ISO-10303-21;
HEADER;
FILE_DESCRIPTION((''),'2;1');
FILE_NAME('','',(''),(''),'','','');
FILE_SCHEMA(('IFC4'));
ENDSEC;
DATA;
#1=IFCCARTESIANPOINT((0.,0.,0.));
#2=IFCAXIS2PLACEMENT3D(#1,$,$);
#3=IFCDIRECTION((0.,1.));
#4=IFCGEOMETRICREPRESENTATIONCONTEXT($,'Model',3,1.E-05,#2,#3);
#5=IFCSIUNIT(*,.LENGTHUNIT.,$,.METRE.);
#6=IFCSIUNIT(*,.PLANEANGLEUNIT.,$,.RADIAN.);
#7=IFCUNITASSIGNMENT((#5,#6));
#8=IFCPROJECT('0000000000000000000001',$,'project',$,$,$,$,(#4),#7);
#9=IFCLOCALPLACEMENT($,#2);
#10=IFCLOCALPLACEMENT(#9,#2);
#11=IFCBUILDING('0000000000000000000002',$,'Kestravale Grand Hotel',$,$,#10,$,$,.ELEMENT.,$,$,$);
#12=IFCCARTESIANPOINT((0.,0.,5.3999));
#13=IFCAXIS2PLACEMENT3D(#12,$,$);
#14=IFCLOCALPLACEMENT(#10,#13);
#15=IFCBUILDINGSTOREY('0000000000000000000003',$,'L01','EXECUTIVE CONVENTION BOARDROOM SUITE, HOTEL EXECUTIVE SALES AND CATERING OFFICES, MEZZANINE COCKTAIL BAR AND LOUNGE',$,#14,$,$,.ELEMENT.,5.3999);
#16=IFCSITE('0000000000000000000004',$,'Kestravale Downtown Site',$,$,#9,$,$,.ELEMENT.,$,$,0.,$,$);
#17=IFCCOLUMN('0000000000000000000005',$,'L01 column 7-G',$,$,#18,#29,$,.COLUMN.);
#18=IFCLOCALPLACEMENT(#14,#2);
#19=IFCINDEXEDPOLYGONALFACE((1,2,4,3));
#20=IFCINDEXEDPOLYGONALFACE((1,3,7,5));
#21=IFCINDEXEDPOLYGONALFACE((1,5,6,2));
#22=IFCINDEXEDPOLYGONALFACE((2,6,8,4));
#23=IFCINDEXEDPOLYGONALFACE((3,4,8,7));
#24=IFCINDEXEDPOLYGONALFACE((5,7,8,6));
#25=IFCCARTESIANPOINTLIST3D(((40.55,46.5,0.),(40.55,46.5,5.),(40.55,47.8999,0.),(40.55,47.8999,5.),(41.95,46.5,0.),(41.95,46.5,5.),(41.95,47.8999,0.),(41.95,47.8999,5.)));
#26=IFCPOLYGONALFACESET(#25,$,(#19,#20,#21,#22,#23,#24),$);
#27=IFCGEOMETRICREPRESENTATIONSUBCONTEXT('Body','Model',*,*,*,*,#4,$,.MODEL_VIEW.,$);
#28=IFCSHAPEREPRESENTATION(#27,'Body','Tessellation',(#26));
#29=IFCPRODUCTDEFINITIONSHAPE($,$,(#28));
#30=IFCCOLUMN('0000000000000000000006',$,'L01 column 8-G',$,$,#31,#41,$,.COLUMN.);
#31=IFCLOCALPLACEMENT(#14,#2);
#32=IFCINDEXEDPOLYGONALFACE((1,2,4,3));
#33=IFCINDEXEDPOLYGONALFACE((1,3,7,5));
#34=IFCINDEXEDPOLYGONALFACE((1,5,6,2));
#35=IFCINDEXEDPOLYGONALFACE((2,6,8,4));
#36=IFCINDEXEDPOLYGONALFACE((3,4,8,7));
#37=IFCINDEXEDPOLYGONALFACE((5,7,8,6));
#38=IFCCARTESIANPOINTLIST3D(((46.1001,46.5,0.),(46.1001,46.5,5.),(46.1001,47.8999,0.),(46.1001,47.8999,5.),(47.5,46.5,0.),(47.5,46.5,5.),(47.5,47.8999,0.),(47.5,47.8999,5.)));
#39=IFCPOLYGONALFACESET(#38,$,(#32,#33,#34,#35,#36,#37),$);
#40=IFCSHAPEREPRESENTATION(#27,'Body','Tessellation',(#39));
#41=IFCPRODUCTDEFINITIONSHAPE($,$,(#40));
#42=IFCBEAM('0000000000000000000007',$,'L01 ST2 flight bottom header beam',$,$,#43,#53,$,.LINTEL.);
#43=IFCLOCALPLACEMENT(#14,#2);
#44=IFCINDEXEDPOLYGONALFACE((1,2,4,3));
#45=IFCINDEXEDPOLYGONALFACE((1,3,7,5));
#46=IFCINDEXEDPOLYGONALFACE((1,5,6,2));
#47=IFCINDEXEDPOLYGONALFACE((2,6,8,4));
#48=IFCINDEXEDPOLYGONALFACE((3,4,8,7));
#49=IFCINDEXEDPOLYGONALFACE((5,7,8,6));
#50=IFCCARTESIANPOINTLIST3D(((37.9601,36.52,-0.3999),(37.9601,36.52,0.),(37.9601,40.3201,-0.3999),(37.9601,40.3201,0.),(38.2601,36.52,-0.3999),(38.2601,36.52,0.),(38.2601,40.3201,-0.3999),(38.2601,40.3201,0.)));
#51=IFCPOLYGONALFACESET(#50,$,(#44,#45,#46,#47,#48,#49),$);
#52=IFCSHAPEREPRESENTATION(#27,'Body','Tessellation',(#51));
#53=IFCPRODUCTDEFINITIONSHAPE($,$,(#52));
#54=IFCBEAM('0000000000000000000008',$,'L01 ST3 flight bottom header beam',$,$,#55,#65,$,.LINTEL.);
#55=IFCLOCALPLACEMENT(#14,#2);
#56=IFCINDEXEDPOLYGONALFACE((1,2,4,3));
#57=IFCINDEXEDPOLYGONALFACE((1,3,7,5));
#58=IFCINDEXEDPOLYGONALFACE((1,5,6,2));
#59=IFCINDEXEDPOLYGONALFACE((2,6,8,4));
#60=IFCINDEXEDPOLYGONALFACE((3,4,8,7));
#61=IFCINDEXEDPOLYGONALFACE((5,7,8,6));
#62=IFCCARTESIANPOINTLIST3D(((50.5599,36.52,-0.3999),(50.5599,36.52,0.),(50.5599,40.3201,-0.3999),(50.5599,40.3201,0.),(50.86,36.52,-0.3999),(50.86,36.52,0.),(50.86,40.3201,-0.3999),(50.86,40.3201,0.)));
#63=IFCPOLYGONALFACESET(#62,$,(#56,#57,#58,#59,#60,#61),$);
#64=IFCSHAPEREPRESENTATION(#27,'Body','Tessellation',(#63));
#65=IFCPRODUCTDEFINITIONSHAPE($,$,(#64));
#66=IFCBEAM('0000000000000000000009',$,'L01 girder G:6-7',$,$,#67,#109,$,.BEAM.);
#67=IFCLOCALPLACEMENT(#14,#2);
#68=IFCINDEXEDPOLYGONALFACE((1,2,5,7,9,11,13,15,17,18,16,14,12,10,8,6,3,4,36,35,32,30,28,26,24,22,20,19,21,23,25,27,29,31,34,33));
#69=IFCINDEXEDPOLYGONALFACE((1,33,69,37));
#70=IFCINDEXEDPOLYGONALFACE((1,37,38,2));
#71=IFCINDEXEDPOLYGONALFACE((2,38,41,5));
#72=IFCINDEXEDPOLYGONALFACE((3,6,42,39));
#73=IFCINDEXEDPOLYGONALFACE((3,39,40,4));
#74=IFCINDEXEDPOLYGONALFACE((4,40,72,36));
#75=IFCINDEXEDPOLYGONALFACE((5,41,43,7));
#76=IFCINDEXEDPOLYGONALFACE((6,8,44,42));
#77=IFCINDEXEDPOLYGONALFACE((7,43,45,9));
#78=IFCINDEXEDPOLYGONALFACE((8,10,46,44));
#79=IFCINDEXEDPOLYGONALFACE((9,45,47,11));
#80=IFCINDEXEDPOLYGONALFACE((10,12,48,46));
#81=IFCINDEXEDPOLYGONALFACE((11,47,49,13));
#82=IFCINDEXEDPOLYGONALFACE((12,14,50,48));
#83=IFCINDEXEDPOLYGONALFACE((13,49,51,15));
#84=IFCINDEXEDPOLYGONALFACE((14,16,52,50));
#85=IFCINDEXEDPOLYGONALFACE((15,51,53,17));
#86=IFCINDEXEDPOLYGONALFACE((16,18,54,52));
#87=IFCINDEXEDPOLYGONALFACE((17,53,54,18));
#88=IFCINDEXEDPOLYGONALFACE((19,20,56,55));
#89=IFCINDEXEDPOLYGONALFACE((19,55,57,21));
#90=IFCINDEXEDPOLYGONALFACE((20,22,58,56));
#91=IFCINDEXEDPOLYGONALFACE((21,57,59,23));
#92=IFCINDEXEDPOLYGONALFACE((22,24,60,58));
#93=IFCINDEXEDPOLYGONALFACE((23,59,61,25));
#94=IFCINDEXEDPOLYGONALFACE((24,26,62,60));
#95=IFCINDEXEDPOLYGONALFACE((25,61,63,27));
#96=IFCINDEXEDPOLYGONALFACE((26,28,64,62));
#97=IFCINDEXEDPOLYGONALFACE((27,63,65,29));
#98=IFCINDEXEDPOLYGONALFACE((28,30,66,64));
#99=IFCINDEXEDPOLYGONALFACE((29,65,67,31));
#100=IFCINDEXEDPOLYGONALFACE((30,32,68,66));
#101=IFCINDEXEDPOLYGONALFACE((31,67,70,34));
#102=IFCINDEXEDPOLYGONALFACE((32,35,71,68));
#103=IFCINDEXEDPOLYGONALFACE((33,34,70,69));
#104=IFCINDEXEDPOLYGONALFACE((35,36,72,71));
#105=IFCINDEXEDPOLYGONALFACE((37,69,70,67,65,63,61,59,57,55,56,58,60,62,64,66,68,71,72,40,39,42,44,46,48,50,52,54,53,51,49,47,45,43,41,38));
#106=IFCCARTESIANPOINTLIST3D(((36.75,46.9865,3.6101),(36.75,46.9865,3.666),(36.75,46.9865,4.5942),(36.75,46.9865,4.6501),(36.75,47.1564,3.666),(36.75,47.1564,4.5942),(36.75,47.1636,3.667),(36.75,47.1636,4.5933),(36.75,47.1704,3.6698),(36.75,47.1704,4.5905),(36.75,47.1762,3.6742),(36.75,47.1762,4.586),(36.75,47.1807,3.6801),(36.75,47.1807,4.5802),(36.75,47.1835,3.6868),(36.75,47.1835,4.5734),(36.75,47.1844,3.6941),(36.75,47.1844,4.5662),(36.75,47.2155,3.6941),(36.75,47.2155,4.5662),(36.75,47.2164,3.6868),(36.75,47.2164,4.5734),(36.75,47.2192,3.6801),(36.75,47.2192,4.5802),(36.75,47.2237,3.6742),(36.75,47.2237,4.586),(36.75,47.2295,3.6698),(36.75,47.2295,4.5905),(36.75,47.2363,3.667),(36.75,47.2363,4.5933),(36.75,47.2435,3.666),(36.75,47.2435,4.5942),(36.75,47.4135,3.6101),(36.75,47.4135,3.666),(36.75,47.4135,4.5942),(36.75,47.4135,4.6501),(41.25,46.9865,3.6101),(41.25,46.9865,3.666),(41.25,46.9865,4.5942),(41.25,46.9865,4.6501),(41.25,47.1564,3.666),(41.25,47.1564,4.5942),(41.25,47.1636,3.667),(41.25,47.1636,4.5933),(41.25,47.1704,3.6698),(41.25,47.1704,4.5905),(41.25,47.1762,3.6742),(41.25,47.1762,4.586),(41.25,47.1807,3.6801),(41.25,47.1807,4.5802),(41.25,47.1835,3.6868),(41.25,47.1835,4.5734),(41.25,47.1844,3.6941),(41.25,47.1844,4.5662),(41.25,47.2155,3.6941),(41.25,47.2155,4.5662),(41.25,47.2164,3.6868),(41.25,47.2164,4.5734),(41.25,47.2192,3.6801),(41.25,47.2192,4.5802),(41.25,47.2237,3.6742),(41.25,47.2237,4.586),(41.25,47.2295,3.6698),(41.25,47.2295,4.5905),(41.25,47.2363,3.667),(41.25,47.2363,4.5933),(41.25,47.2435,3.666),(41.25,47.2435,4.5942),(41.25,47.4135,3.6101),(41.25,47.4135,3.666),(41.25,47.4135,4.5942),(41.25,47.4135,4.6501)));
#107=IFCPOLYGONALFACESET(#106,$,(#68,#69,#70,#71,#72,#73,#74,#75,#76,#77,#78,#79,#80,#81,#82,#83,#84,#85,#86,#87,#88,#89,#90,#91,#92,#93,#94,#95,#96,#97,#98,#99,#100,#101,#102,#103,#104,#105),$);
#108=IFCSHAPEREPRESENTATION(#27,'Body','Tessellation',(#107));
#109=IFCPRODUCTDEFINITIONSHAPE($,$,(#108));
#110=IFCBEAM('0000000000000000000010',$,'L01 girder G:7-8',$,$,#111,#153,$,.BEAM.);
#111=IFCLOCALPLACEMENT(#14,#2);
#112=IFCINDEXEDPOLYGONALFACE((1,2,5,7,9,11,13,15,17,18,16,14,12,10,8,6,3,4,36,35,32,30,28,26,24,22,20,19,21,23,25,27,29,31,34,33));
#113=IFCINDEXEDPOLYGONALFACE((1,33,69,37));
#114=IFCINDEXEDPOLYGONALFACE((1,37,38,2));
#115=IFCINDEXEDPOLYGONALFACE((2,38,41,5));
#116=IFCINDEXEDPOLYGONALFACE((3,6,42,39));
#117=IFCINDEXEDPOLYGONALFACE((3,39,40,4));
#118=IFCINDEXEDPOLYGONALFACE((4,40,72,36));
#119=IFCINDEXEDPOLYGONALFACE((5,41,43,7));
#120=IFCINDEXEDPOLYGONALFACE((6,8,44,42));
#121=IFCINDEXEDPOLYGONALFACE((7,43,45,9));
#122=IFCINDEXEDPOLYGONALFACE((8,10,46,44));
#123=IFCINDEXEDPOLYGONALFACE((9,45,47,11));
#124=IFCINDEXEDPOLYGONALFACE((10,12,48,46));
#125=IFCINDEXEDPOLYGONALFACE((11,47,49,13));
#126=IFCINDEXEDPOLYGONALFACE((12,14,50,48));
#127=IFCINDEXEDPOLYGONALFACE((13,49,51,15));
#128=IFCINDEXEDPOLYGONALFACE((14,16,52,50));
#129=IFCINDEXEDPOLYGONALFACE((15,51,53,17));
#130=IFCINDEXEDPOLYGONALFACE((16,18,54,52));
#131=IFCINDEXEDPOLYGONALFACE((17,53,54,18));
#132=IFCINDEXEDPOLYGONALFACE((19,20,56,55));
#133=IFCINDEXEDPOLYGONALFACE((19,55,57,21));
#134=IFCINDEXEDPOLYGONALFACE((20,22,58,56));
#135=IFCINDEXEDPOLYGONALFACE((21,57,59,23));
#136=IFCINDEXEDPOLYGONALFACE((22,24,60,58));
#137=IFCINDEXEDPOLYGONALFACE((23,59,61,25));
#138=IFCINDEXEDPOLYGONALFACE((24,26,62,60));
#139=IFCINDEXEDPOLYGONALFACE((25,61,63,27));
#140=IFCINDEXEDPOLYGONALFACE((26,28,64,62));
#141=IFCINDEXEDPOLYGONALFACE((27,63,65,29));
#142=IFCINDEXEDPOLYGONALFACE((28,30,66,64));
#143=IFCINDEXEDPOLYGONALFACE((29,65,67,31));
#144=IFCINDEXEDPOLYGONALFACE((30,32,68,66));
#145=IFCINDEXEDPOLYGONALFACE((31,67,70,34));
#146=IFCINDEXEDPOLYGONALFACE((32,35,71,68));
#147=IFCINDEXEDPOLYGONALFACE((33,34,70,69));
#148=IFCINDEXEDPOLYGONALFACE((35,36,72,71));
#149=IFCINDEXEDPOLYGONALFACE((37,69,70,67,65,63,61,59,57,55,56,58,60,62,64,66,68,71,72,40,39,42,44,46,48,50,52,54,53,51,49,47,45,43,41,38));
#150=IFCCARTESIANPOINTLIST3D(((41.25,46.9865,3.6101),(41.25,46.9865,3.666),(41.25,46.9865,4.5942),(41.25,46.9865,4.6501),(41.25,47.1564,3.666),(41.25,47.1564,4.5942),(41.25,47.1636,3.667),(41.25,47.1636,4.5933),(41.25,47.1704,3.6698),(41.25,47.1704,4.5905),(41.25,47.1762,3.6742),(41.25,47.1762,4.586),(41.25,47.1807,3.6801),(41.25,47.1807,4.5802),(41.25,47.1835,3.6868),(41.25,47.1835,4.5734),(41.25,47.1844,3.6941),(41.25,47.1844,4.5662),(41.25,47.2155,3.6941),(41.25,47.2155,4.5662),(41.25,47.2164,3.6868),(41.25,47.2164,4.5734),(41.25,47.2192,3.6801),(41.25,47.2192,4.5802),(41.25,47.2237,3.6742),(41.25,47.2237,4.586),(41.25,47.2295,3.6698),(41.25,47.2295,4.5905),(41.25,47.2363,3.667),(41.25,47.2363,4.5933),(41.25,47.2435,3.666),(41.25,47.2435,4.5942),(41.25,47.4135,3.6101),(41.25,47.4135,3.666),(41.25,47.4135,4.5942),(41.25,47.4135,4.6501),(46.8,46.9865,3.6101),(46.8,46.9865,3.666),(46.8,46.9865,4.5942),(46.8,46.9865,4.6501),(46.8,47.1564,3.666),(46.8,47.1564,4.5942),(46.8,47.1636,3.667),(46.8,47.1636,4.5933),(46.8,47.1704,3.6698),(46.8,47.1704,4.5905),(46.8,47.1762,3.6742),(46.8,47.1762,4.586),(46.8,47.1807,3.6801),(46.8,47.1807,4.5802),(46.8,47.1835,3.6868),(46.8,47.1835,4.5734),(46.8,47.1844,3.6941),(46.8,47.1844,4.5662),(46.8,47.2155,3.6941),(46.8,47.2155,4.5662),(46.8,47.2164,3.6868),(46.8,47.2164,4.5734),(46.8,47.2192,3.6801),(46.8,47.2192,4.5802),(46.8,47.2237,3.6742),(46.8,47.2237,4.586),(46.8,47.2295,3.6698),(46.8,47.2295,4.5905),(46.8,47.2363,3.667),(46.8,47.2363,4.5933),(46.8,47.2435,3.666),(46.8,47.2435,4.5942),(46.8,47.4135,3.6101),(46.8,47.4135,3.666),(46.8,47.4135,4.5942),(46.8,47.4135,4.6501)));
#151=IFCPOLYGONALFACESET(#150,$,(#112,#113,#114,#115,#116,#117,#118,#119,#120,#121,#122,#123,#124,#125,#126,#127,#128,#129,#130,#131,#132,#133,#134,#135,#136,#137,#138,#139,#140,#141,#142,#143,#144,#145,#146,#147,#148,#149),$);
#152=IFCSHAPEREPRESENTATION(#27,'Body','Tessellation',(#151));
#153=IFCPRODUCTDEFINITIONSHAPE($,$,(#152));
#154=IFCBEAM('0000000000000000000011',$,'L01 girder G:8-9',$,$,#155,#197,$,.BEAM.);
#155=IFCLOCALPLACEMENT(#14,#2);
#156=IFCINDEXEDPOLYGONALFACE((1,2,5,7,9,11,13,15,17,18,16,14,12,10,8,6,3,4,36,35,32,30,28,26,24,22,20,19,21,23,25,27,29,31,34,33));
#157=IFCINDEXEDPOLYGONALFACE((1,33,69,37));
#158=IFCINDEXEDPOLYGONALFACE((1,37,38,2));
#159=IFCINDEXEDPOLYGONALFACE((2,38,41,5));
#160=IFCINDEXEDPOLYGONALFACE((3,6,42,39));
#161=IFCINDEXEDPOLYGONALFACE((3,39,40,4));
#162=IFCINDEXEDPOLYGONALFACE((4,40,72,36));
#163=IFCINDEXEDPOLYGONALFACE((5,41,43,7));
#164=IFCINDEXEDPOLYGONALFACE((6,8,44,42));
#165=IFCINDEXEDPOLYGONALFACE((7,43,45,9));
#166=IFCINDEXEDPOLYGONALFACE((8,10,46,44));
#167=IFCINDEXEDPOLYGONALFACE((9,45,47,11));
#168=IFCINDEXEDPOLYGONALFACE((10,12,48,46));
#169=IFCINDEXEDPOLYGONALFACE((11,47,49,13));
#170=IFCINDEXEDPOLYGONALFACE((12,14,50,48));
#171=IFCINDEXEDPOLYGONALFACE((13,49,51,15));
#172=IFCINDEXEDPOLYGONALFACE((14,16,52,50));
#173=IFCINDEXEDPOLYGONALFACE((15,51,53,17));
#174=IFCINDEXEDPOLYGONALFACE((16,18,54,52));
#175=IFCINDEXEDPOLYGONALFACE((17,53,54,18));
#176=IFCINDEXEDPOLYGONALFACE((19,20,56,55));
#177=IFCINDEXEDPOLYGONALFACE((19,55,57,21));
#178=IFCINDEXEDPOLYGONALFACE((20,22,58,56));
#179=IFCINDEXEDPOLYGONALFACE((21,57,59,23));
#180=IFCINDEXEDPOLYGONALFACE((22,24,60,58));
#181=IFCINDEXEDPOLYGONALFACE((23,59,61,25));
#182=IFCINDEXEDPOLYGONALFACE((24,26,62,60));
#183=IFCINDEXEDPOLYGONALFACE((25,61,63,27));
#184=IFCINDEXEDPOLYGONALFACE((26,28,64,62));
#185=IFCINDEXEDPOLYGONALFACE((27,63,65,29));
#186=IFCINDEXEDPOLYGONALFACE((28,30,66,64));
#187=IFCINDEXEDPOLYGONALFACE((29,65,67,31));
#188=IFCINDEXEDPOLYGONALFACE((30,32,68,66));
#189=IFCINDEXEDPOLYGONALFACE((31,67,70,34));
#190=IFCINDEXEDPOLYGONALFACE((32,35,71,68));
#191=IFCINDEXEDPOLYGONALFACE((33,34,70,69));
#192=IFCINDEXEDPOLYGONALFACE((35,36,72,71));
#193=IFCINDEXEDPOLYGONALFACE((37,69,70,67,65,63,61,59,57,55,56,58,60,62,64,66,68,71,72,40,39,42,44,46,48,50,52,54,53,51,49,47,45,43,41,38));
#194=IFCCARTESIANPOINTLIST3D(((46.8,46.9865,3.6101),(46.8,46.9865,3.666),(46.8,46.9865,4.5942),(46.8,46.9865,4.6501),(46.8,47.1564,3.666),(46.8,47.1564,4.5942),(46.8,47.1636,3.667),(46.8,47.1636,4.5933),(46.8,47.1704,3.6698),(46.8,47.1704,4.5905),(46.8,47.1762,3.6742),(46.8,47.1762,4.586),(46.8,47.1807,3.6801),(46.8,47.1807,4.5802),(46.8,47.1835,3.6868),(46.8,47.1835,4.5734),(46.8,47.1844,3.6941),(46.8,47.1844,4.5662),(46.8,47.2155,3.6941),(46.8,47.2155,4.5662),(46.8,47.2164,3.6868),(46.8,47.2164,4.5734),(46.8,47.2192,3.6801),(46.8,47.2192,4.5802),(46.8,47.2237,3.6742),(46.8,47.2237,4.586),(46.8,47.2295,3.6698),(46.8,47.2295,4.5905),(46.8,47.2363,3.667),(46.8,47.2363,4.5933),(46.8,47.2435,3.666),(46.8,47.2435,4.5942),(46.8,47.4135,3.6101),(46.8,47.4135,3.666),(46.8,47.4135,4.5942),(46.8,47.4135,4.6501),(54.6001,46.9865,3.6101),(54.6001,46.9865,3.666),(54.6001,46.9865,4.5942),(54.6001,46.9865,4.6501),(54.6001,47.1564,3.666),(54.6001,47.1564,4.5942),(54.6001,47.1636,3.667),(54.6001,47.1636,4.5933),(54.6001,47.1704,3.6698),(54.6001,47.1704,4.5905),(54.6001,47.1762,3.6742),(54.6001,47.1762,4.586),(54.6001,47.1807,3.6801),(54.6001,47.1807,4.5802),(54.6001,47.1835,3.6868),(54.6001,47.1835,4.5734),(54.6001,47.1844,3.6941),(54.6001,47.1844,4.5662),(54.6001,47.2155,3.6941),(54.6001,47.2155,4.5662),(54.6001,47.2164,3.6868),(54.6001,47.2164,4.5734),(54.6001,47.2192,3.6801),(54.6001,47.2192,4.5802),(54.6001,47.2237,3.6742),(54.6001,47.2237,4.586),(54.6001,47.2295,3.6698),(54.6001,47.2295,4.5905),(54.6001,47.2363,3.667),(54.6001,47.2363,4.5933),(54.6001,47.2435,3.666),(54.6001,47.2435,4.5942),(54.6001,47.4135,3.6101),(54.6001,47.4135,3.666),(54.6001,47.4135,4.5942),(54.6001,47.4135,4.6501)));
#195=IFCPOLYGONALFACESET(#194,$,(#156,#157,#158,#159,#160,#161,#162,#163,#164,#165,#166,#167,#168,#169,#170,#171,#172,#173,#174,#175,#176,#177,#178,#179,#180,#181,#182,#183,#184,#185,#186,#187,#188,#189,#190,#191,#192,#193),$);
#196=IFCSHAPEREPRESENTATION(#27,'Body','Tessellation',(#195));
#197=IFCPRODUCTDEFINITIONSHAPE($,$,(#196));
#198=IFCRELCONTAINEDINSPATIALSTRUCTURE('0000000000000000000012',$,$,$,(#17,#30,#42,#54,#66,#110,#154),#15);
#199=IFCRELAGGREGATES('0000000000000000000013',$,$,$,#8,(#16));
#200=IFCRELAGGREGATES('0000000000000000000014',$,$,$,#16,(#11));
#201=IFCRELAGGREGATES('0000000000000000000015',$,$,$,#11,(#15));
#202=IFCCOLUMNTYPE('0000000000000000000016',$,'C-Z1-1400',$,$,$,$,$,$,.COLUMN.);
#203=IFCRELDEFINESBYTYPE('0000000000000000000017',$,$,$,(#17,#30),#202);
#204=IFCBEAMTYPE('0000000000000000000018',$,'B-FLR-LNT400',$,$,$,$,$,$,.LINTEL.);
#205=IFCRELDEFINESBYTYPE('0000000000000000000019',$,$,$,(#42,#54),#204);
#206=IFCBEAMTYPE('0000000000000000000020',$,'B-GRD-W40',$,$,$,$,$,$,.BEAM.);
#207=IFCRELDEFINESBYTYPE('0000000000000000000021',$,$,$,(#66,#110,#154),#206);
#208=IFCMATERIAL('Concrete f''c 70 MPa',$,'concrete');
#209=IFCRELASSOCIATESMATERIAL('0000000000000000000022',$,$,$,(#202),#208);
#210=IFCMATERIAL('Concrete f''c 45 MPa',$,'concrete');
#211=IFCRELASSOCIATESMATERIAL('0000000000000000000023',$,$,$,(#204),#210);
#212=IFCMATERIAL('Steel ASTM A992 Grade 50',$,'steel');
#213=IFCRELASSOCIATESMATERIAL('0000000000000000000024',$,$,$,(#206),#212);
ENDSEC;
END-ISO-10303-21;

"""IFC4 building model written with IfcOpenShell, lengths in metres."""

from ifc_helpers import new_model, si_unit, direction, frame, origin, origin_2d, place, context, subcontext, project, spatial, rectangle, i_section, extrude, material, material_profile, profile_set, type_object, element, save


model = new_model("IFC4")

# Units and contexts
model_context = context("Model", 3, precision=1e-05, world=origin(), true_north=direction((0.0, 1.0)))
body_context = subcontext(model_context, "Body", "Model", "MODEL_VIEW")
ifc_project = project(units=[si_unit("LENGTHUNIT", "METRE"), si_unit("PLANEANGLEUNIT", "RADIAN")], contexts=[model_context])

# Site, building, storey
site_placement = place(None, origin())
site = spatial("IfcSite", under=ifc_project, at=site_placement, Name="Kestravale Downtown Site", CompositionType="ELEMENT", RefElevation=0.0)
building_placement = place(site_placement, origin())
building = spatial("IfcBuilding", under=site, at=building_placement, Name="Kestravale Grand Hotel", CompositionType="ELEMENT")
storey_placement = place(building_placement, frame((0.0, 0.0, 5.3999)))
storey = spatial("IfcBuildingStorey", under=building, at=storey_placement, Name="L01", Description="EXECUTIVE CONVENTION BOARDROOM SUITE, HOTEL EXECUTIVE SALES AND CATERING OFFICES, MEZZANINE COCKTAIL BAR AND LOUNGE", CompositionType="ELEMENT", Elevation=5.3999)

# Columns
ifc_material_1 = material(Name="Concrete f'c 70 MPa", Category="concrete")
ifc_material_profile_1 = material_profile(ifc_material_1, rectangle(XDim=1.3999, YDim=1.3999, at=origin_2d()))
ifc_profile_set_1 = profile_set([ifc_material_profile_1], Name="Concrete f'c 70 MPa")
column_type = type_object("IfcColumnType", Name="C-Z1-1400", PredefinedType="COLUMN", material=ifc_profile_set_1)
for number, where, z_axis, x_axis, name in (
    (1, (41.25, 47.2, 0.0), (0.0, 0.0, 1.0), (1.0, 0.0, 0.0), "L01 column 7-G"),
    (2, (46.8, 47.2, 0.0), (0.0, 0.0, 1.0), (1.0, 0.0, 0.0), "L01 column 8-G"),
):
    element("IfcColumn", number, at=place(storey_placement, frame(where, z_axis=z_axis, x_axis=x_axis)), inside=storey, type_object=column_type, Name=name, PredefinedType="COLUMN", context=body_context, shape_type="SweptSolid", body=[
        extrude(rectangle(XDim=1.3999, YDim=1.3999, at=origin_2d()), origin(), (0.0, 0.0, 1.0), 5.0),
    ])

# Beams
ifc_material_2 = material(Name="Concrete f'c 45 MPa", Category="concrete")
ifc_material_profile_2 = material_profile(ifc_material_2, rectangle(XDim=0.3, YDim=0.3999, at=origin_2d()))
ifc_profile_set_2 = profile_set([ifc_material_profile_2], Name="Concrete f'c 45 MPa")
beam_type_1 = type_object("IfcBeamType", Name="B-FLR-LNT400", PredefinedType="LINTEL", material=ifc_profile_set_2)
for number, where, z_axis, x_axis, name in (
    (3, (38.1101, 36.52, -0.2), (0.0, 1.0, 0.0), (-1.0, 0.0, 0.0), "L01 ST2 flight bottom header beam"),
    (4, (50.71, 36.52, -0.2), (0.0, 1.0, 0.0), (-1.0, 0.0, 0.0), "L01 ST3 flight bottom header beam"),
):
    element("IfcBeam", number, at=place(storey_placement, frame(where, z_axis=z_axis, x_axis=x_axis)), inside=storey, type_object=beam_type_1, Name=name, PredefinedType="LINTEL", context=body_context, shape_type="SweptSolid", body=[
        extrude(rectangle(XDim=0.3, YDim=0.3999, at=origin_2d()), origin(), (0.0, 0.0, 1.0), 3.8),
    ])
ifc_material_3 = material(Name="Steel ASTM A992 Grade 50", Category="steel")
ifc_material_profile_3 = material_profile(ifc_material_3, i_section(OverallWidth=0.427, OverallDepth=1.04, WebThickness=0.031, FlangeThickness=0.0559, FilletRadius=0.0281, at=origin_2d()))
ifc_profile_set_3 = profile_set([ifc_material_profile_3], Name="Steel ASTM A992 Grade 50")
beam_type_2 = type_object("IfcBeamType", Name="B-GRD-W40", PredefinedType="BEAM", material=ifc_profile_set_3)
beam_1_placement = place(storey_placement, frame((36.75, 47.2, 4.1301), z_axis=(1.0, 0.0, 0.0), x_axis=(0.0, 1.0, 0.0)))
element("IfcBeam", 5, at=beam_1_placement, inside=storey, type_object=beam_type_2, Name="L01 girder G:6-7", PredefinedType="BEAM", context=body_context, shape_type="SweptSolid", body=[
    extrude(i_section(OverallWidth=0.427, OverallDepth=1.04, WebThickness=0.031, FlangeThickness=0.0559, FilletRadius=0.0281, at=origin_2d()), origin(), (0.0, 0.0, 1.0), 4.5),
])
beam_2_placement = place(storey_placement, frame((41.25, 47.2, 4.1301), z_axis=(1.0, 0.0, 0.0), x_axis=(0.0, 1.0, 0.0)))
element("IfcBeam", 6, at=beam_2_placement, inside=storey, type_object=beam_type_2, Name="L01 girder G:7-8", PredefinedType="BEAM", context=body_context, shape_type="SweptSolid", body=[
    extrude(i_section(OverallWidth=0.427, OverallDepth=1.04, WebThickness=0.031, FlangeThickness=0.0559, FilletRadius=0.0281, at=origin_2d()), origin(), (0.0, 0.0, 1.0), 5.55),
])
beam_3_placement = place(storey_placement, frame((46.8, 47.2, 4.1301), z_axis=(1.0, 0.0, 0.0), x_axis=(0.0, 1.0, 0.0)))
element("IfcBeam", 7, at=beam_3_placement, inside=storey, type_object=beam_type_2, Name="L01 girder G:8-9", PredefinedType="BEAM", context=body_context, shape_type="SweptSolid", body=[
    extrude(i_section(OverallWidth=0.427, OverallDepth=1.04, WebThickness=0.031, FlangeThickness=0.0559, FilletRadius=0.0281, at=origin_2d()), origin(), (0.0, 0.0, 1.0), 7.8),
])

save(model, "model.ifc")
